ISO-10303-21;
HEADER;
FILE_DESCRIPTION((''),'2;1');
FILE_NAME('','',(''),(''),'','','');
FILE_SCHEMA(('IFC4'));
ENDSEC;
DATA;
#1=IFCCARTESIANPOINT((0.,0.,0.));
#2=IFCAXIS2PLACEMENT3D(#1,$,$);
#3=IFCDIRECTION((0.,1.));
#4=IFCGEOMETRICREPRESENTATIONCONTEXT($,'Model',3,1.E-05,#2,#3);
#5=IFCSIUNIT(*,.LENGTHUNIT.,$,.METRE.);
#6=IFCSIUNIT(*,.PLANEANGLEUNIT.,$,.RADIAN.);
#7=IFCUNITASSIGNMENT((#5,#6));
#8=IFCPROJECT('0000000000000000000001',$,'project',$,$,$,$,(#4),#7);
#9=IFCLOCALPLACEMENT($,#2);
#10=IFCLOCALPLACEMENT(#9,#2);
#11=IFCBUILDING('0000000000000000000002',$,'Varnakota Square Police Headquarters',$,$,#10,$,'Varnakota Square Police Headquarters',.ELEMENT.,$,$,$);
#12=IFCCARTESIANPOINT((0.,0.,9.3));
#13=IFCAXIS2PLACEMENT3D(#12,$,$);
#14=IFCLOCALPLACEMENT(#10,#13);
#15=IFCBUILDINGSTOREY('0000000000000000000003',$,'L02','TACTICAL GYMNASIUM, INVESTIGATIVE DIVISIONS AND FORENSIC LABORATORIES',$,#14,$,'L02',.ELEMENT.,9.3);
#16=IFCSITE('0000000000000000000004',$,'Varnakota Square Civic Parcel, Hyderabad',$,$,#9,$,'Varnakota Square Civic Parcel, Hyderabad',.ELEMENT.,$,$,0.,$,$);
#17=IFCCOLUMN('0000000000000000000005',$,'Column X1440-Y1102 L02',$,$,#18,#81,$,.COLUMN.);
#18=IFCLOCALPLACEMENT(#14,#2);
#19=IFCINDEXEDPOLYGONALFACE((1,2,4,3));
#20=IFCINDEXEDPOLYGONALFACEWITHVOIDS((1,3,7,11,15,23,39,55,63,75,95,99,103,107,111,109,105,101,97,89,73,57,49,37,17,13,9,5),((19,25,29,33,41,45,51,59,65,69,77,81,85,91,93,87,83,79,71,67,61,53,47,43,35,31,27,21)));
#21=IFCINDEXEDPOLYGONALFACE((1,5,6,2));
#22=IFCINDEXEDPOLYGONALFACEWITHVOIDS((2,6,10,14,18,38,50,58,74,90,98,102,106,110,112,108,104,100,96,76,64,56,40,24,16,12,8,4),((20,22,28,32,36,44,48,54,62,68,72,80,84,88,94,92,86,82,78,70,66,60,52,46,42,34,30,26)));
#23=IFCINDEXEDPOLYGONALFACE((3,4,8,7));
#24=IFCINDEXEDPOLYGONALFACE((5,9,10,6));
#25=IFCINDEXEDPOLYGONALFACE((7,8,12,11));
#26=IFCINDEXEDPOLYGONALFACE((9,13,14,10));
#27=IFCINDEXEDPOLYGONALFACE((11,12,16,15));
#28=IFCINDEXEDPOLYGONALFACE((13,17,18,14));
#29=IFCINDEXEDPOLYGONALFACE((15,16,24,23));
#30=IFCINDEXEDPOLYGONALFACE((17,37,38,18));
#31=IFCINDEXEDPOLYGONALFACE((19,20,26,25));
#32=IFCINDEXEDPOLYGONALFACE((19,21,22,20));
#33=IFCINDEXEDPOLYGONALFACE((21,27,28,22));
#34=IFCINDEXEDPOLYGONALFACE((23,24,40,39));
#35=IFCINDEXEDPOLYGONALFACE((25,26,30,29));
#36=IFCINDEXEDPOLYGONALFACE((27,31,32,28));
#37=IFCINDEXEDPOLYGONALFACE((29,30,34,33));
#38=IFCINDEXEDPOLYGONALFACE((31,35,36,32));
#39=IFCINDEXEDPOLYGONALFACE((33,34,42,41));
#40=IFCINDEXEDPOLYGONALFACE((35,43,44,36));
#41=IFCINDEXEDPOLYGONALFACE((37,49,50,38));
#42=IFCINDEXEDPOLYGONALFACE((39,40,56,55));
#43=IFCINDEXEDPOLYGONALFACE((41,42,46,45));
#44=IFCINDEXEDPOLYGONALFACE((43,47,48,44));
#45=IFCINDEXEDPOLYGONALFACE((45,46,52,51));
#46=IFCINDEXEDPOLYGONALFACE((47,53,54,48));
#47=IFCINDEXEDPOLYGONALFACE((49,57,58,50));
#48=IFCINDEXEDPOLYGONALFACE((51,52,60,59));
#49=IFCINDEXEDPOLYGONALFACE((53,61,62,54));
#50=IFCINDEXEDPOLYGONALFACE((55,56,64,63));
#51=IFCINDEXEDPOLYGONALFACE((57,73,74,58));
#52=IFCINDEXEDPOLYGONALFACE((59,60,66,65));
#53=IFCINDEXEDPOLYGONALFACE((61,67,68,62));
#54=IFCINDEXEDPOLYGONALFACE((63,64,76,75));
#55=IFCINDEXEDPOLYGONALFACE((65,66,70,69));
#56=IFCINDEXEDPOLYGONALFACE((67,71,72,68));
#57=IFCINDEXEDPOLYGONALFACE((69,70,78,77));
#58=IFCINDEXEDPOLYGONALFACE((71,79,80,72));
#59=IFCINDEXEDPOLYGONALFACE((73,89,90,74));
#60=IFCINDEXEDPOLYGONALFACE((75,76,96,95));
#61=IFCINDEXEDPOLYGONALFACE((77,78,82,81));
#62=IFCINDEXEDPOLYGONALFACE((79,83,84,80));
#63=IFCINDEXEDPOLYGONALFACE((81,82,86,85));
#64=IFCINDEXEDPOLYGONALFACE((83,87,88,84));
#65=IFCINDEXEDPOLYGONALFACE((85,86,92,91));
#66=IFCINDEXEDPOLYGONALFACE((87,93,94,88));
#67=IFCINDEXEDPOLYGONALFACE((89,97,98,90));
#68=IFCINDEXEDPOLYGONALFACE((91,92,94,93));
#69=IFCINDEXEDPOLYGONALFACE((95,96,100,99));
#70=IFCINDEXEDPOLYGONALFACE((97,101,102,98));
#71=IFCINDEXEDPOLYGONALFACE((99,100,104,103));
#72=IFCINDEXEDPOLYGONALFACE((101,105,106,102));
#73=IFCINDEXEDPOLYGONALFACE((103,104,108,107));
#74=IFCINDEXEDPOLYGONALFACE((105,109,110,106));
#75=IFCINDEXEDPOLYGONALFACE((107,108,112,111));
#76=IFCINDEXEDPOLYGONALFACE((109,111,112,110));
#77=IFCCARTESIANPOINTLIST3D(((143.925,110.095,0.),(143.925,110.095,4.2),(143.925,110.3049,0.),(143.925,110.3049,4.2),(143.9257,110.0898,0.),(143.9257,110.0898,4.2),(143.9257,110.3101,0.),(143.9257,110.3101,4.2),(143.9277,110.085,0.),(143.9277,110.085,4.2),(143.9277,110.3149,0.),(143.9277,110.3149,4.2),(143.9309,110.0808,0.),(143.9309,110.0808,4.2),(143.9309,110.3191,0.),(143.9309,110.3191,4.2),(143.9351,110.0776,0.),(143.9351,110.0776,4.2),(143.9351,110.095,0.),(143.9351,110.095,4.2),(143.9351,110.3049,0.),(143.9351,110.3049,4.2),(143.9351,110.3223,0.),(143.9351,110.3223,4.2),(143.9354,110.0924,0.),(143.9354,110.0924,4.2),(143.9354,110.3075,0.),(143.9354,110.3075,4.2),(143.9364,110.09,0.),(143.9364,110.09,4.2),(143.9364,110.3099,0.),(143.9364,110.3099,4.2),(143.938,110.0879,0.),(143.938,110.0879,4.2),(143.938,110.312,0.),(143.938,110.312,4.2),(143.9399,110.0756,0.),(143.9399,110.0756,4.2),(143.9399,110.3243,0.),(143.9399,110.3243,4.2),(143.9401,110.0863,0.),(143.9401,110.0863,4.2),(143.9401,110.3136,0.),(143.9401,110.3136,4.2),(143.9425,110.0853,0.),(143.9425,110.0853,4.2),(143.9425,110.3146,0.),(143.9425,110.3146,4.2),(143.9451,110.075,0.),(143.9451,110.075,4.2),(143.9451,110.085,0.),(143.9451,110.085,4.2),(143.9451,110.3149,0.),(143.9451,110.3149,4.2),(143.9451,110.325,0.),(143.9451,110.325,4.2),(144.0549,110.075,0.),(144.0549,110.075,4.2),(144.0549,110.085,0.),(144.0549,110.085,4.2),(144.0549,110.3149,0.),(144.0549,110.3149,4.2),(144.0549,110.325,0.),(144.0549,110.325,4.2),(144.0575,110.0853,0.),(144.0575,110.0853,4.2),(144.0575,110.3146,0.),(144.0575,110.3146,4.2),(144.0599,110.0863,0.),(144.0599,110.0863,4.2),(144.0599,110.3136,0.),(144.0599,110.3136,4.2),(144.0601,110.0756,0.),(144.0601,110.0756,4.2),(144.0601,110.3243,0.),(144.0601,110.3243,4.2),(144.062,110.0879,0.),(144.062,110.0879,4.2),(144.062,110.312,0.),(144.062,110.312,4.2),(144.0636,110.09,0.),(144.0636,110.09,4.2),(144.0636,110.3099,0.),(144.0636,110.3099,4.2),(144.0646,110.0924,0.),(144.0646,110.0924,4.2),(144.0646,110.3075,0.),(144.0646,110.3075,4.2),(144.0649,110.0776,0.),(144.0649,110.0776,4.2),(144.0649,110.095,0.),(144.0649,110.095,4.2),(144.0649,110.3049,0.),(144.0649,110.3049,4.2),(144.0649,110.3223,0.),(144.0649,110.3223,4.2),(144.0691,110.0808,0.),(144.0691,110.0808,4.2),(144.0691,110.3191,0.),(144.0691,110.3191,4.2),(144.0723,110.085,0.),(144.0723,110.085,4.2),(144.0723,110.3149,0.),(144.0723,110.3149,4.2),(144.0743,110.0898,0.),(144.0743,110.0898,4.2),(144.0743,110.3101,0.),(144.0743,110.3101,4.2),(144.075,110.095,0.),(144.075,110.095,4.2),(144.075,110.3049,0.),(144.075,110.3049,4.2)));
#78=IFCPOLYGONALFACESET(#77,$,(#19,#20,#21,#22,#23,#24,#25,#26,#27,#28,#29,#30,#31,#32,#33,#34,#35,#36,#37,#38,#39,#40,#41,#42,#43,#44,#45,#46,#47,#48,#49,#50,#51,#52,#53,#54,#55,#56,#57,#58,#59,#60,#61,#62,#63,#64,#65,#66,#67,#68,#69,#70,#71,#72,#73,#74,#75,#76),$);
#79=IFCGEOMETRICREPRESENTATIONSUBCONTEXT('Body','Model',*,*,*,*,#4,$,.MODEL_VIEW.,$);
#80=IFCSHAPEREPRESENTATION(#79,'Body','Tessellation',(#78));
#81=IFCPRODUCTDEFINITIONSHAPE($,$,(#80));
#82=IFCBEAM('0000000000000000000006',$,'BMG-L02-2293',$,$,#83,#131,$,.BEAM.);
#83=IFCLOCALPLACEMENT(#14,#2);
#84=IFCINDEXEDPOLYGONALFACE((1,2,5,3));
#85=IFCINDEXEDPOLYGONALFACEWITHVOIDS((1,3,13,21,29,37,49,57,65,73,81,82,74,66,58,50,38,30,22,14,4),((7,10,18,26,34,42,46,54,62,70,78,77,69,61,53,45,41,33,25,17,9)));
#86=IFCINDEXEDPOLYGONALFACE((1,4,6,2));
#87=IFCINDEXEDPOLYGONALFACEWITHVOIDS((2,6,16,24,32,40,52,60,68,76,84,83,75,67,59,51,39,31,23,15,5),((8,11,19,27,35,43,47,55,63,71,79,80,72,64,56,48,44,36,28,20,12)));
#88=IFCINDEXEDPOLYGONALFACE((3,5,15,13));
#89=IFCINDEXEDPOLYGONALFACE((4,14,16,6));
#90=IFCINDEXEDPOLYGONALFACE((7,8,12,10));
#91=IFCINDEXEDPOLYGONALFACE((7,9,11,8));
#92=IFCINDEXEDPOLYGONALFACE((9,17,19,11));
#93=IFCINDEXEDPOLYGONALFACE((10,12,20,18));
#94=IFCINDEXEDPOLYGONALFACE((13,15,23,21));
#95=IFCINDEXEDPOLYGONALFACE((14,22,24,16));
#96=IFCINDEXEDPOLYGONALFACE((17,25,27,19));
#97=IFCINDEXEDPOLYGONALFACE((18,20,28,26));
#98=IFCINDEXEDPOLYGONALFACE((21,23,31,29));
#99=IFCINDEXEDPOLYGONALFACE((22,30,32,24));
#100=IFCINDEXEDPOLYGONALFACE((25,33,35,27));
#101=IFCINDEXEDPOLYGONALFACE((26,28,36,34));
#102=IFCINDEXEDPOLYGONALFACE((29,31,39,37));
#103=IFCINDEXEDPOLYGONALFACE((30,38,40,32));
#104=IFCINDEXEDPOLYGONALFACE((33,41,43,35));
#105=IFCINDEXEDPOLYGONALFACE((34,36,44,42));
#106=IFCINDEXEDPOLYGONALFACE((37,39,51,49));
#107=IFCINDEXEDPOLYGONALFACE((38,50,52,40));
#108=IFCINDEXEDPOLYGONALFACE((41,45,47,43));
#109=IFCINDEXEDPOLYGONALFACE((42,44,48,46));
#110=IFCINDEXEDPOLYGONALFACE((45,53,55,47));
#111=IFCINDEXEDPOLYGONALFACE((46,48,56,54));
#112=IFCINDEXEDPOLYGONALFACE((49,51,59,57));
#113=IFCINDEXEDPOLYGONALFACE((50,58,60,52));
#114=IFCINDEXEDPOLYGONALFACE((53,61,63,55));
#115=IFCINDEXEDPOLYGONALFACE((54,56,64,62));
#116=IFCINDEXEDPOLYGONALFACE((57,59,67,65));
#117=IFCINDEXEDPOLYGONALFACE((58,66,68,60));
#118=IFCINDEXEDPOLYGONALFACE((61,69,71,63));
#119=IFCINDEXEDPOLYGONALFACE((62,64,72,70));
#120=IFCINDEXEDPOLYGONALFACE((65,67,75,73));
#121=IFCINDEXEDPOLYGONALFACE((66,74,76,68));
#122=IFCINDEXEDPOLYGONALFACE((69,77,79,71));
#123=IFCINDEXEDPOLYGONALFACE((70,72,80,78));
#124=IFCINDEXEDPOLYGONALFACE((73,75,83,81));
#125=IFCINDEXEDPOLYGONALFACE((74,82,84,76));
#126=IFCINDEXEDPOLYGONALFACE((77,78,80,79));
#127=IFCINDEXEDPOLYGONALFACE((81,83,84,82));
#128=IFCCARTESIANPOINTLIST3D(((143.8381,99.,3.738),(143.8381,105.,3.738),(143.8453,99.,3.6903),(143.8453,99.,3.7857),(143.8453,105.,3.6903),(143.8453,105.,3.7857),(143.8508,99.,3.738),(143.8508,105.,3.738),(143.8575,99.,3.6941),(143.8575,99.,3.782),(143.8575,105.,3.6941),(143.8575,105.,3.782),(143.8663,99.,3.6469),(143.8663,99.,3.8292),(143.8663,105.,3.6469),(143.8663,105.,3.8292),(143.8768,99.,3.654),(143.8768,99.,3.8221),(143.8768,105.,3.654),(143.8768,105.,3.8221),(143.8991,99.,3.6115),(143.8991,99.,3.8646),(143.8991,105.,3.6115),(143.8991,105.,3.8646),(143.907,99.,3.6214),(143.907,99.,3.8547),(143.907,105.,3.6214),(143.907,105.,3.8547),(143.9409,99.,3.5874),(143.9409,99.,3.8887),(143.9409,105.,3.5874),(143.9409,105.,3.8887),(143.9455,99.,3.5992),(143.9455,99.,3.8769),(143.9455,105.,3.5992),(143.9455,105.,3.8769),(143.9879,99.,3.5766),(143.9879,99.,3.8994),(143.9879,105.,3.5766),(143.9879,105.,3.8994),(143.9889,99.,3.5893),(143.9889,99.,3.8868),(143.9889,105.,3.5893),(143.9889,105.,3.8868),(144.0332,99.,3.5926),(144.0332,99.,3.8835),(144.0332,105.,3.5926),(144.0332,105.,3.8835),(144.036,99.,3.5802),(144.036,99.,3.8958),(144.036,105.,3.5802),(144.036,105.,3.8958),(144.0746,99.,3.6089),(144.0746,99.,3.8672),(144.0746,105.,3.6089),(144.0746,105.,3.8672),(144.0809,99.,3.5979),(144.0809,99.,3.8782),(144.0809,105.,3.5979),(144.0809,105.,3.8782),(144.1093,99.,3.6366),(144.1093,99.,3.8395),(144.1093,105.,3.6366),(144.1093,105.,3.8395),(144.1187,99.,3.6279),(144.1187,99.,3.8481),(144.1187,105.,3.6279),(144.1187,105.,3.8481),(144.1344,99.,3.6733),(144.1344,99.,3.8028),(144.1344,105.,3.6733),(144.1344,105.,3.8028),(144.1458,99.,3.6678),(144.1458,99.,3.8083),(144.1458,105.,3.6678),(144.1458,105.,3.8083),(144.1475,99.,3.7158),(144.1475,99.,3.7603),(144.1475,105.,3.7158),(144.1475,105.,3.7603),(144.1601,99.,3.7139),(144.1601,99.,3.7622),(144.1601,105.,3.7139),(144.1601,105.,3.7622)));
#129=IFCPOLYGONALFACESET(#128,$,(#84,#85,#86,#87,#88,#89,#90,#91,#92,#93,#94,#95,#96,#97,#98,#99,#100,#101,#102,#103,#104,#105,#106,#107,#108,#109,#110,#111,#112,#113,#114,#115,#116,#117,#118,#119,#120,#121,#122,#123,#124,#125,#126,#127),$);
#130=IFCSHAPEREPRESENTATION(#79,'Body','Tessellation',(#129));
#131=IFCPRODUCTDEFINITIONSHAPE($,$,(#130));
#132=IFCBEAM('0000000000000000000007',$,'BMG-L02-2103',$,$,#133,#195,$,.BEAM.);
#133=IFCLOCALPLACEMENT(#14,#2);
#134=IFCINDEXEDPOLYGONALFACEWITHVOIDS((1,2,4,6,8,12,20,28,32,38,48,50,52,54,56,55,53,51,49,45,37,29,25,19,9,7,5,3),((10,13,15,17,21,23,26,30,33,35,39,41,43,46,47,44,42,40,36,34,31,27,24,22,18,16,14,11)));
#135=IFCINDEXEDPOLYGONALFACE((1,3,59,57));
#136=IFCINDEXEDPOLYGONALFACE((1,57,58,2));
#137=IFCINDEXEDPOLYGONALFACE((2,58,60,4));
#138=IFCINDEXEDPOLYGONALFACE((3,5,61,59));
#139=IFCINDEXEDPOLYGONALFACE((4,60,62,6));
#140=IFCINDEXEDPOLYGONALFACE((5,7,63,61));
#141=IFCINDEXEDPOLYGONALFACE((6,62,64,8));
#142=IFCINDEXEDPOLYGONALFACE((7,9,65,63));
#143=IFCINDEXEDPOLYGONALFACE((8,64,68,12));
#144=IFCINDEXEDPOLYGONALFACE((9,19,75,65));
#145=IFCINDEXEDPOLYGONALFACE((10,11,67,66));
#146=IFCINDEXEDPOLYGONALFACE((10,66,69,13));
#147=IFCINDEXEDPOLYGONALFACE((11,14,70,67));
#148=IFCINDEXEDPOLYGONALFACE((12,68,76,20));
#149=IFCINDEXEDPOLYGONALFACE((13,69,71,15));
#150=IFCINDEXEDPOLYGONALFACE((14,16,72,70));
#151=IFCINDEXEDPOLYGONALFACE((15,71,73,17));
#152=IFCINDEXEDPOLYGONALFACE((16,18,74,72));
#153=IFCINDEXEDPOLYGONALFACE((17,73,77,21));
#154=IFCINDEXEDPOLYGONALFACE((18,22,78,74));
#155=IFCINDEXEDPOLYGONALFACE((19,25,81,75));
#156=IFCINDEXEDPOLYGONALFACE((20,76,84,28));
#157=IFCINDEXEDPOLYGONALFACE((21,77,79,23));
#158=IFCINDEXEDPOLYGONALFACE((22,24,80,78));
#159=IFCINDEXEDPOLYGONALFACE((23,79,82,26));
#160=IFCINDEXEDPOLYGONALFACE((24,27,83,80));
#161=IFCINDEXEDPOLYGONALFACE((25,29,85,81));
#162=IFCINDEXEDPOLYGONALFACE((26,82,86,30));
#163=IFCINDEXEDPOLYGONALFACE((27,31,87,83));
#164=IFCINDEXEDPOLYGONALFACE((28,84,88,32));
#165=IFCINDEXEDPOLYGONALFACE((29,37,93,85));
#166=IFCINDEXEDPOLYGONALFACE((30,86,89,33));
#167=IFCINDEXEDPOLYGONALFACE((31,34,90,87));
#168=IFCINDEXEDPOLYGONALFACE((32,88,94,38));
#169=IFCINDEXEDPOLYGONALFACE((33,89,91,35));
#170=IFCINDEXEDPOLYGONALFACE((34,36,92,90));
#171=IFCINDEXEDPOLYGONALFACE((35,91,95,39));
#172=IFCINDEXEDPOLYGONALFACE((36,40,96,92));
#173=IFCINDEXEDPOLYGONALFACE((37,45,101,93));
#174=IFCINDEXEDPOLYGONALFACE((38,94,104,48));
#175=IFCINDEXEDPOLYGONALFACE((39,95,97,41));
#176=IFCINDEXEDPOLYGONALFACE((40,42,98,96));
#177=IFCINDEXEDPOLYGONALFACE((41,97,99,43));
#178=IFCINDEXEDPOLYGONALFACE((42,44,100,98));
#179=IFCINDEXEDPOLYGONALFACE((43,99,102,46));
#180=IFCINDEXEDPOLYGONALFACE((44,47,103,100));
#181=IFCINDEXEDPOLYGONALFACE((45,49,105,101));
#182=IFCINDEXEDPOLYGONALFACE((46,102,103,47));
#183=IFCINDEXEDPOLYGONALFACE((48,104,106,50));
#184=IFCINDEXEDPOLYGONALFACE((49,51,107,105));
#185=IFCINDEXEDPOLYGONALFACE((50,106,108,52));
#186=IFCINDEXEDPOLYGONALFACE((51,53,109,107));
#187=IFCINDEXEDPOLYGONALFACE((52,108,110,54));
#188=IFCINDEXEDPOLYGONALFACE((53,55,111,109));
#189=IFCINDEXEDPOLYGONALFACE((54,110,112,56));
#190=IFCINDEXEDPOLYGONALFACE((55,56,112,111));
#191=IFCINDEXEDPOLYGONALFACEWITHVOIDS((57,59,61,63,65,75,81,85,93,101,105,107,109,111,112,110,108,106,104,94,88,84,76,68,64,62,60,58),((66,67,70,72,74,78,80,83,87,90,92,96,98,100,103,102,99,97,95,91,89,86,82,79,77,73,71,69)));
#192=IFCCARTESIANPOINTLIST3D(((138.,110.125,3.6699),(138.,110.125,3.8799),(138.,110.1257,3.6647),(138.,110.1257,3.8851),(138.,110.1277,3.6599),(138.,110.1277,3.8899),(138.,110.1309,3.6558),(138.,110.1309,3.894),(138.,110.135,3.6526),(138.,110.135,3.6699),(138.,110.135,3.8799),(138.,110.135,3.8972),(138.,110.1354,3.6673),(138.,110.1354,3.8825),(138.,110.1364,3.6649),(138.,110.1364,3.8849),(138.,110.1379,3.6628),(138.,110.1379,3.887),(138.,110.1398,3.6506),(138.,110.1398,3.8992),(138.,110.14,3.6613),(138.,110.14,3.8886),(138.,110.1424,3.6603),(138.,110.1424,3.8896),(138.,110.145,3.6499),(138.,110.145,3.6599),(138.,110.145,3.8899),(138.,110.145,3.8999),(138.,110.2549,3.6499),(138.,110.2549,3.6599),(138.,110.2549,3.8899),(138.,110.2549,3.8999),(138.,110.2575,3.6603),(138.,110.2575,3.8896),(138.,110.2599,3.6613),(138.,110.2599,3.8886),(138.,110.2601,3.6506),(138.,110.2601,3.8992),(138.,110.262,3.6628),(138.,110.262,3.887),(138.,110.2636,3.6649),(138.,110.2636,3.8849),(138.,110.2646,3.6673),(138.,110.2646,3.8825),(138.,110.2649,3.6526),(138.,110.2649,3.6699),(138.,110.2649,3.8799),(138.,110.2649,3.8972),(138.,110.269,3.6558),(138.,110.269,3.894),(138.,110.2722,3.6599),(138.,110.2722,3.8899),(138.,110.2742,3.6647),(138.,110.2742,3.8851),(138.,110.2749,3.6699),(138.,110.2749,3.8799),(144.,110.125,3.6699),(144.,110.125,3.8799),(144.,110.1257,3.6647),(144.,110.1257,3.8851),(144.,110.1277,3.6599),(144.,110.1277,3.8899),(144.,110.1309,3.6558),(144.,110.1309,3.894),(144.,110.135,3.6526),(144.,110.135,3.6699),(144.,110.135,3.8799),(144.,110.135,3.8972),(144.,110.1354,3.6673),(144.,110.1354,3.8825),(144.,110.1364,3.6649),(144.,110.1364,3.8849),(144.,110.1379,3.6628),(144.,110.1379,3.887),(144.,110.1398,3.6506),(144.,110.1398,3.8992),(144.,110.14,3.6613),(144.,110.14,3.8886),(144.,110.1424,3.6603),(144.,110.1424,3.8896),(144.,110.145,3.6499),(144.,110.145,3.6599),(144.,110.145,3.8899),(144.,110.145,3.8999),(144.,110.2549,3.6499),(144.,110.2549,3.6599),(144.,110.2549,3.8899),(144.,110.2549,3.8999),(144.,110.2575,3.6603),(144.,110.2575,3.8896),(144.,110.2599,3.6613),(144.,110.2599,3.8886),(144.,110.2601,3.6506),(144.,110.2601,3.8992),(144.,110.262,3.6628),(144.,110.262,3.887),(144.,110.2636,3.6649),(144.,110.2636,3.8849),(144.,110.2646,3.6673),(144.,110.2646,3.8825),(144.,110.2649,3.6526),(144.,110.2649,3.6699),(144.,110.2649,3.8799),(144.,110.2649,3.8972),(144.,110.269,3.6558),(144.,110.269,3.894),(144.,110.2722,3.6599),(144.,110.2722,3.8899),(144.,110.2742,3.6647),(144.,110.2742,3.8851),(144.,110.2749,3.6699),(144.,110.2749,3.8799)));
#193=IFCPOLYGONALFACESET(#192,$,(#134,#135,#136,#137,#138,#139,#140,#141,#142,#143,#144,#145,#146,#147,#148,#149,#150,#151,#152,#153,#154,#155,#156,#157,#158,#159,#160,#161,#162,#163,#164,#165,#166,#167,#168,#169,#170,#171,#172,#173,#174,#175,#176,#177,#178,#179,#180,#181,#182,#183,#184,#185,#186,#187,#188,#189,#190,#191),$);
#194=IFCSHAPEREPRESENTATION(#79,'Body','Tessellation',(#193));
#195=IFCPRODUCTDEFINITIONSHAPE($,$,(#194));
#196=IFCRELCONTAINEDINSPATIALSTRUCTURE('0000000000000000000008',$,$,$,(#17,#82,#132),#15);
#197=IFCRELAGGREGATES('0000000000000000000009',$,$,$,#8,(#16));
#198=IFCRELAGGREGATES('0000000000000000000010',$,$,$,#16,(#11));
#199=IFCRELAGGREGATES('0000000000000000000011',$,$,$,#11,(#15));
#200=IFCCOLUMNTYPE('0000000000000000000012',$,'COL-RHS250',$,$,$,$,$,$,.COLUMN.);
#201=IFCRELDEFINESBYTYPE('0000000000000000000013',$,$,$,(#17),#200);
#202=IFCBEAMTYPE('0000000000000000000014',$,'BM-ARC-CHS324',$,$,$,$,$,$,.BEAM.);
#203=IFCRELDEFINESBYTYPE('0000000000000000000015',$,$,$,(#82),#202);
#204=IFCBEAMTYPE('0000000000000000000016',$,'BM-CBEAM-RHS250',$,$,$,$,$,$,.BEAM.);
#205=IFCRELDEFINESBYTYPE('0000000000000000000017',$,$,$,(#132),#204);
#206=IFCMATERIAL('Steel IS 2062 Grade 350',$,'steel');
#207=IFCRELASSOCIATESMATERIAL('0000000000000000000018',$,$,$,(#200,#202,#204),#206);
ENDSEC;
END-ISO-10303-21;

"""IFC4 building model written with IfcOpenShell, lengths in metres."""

from ifc_helpers import new_model, si_unit, direction, frame, origin, origin_2d, place, context, subcontext, project, spatial, hollow_rectangle, hollow_circle, extrude, material, material_profile, profile_set, type_object, element, save


model = new_model("IFC4")

# Units and contexts
model_context = context("Model", 3, precision=1e-05, world=origin(), true_north=direction((0.0, 1.0)))
body_context = subcontext(model_context, "Body", "Model", "MODEL_VIEW")
ifc_project = project(units=[si_unit("LENGTHUNIT", "METRE"), si_unit("PLANEANGLEUNIT", "RADIAN")], contexts=[model_context])

# Site, building, storey
site_placement = place(None, origin())
site = spatial("IfcSite", under=ifc_project, at=site_placement, Name="Varnakota Square Civic Parcel, Hyderabad", LongName="Varnakota Square Civic Parcel, Hyderabad", CompositionType="ELEMENT", RefElevation=0.0)
building_placement = place(site_placement, origin())
building = spatial("IfcBuilding", under=site, at=building_placement, Name="Varnakota Square Police Headquarters", LongName="Varnakota Square Police Headquarters", CompositionType="ELEMENT")
storey_placement = place(building_placement, frame((0.0, 0.0, 9.3)))
storey = spatial("IfcBuildingStorey", under=building, at=storey_placement, Name="L02", Description="TACTICAL GYMNASIUM, INVESTIGATIVE DIVISIONS AND FORENSIC LABORATORIES", LongName="L02", CompositionType="ELEMENT", Elevation=9.3)

# Column
ifc_material_1 = material(Name="Steel IS 2062 Grade 350", Category="steel")
ifc_material_profile_1 = material_profile(ifc_material_1, hollow_rectangle(XDim=0.1499, YDim=0.25, WallThickness=0.01, InnerFilletRadius=0.01, OuterFilletRadius=0.02, at=origin_2d()), Name="RHS 250x150x10")
ifc_profile_set_1 = profile_set([ifc_material_profile_1], Name="Steel IS 2062 Grade 350")
column_type_1 = type_object("IfcColumnType", Name="COL-RHS250", PredefinedType="COLUMN", material=ifc_profile_set_1)
column_placement = place(storey_placement, frame((144.0, 110.2, 0.0), z_axis=(0.0, 0.0, 1.0), x_axis=(1.0, 0.0, 0.0)))
element("IfcColumn", 1, at=column_placement, inside=storey, type_object=column_type_1, Name="Column X1440-Y1102 L02", PredefinedType="COLUMN", context=body_context, shape_type="SweptSolid", body=[
    extrude(hollow_rectangle(XDim=0.1499, YDim=0.25, WallThickness=0.01, InnerFilletRadius=0.01, OuterFilletRadius=0.02, at=origin_2d()), origin(), (0.0, 0.0, 1.0), 4.2),
])

# Beams
ifc_material_profile_2 = material_profile(ifc_material_1, hollow_circle(Radius=0.1619, WallThickness=0.0127, at=origin_2d()), Name="CHS 323.9x12.7")
ifc_profile_set_2 = profile_set([ifc_material_profile_2], Name="Steel IS 2062 Grade 350")
beam_type_1 = type_object("IfcBeamType", Name="BM-ARC-CHS324", PredefinedType="BEAM", material=ifc_profile_set_2)
beam_1_placement = place(storey_placement, frame((144.0, 99.0, 3.738), z_axis=(0.0, 1.0, 0.0), x_axis=(-1.0, 0.0, 0.0)))
element("IfcBeam", 2, at=beam_1_placement, inside=storey, type_object=beam_type_1, Name="BMG-L02-2293", PredefinedType="BEAM", context=body_context, shape_type="SweptSolid", body=[
    extrude(hollow_circle(Radius=0.1619, WallThickness=0.0127, at=origin_2d()), origin(), (0.0, 0.0, 1.0), 6.0),
])
ifc_material_profile_3 = material_profile(ifc_material_1, hollow_rectangle(XDim=0.1499, YDim=0.25, WallThickness=0.01, InnerFilletRadius=0.01, OuterFilletRadius=0.02, at=origin_2d()), Name="RHS 250x150x10")
ifc_profile_set_3 = profile_set([ifc_material_profile_3], Name="Steel IS 2062 Grade 350")
beam_type_2 = type_object("IfcBeamType", Name="BM-CBEAM-RHS250", PredefinedType="BEAM", material=ifc_profile_set_3)
beam_2_placement = place(storey_placement, frame((138.0, 110.2, 3.7749), z_axis=(1.0, 0.0, 0.0), x_axis=(0.0, 1.0, 0.0)))
element("IfcBeam", 3, at=beam_2_placement, inside=storey, type_object=beam_type_2, Name="BMG-L02-2103", PredefinedType="BEAM", context=body_context, shape_type="SweptSolid", body=[
    extrude(hollow_rectangle(XDim=0.1499, YDim=0.25, WallThickness=0.01, InnerFilletRadius=0.01, OuterFilletRadius=0.02, at=origin_2d()), origin(), (0.0, 0.0, 1.0), 6.0),
])

save(model, "model.ifc")
